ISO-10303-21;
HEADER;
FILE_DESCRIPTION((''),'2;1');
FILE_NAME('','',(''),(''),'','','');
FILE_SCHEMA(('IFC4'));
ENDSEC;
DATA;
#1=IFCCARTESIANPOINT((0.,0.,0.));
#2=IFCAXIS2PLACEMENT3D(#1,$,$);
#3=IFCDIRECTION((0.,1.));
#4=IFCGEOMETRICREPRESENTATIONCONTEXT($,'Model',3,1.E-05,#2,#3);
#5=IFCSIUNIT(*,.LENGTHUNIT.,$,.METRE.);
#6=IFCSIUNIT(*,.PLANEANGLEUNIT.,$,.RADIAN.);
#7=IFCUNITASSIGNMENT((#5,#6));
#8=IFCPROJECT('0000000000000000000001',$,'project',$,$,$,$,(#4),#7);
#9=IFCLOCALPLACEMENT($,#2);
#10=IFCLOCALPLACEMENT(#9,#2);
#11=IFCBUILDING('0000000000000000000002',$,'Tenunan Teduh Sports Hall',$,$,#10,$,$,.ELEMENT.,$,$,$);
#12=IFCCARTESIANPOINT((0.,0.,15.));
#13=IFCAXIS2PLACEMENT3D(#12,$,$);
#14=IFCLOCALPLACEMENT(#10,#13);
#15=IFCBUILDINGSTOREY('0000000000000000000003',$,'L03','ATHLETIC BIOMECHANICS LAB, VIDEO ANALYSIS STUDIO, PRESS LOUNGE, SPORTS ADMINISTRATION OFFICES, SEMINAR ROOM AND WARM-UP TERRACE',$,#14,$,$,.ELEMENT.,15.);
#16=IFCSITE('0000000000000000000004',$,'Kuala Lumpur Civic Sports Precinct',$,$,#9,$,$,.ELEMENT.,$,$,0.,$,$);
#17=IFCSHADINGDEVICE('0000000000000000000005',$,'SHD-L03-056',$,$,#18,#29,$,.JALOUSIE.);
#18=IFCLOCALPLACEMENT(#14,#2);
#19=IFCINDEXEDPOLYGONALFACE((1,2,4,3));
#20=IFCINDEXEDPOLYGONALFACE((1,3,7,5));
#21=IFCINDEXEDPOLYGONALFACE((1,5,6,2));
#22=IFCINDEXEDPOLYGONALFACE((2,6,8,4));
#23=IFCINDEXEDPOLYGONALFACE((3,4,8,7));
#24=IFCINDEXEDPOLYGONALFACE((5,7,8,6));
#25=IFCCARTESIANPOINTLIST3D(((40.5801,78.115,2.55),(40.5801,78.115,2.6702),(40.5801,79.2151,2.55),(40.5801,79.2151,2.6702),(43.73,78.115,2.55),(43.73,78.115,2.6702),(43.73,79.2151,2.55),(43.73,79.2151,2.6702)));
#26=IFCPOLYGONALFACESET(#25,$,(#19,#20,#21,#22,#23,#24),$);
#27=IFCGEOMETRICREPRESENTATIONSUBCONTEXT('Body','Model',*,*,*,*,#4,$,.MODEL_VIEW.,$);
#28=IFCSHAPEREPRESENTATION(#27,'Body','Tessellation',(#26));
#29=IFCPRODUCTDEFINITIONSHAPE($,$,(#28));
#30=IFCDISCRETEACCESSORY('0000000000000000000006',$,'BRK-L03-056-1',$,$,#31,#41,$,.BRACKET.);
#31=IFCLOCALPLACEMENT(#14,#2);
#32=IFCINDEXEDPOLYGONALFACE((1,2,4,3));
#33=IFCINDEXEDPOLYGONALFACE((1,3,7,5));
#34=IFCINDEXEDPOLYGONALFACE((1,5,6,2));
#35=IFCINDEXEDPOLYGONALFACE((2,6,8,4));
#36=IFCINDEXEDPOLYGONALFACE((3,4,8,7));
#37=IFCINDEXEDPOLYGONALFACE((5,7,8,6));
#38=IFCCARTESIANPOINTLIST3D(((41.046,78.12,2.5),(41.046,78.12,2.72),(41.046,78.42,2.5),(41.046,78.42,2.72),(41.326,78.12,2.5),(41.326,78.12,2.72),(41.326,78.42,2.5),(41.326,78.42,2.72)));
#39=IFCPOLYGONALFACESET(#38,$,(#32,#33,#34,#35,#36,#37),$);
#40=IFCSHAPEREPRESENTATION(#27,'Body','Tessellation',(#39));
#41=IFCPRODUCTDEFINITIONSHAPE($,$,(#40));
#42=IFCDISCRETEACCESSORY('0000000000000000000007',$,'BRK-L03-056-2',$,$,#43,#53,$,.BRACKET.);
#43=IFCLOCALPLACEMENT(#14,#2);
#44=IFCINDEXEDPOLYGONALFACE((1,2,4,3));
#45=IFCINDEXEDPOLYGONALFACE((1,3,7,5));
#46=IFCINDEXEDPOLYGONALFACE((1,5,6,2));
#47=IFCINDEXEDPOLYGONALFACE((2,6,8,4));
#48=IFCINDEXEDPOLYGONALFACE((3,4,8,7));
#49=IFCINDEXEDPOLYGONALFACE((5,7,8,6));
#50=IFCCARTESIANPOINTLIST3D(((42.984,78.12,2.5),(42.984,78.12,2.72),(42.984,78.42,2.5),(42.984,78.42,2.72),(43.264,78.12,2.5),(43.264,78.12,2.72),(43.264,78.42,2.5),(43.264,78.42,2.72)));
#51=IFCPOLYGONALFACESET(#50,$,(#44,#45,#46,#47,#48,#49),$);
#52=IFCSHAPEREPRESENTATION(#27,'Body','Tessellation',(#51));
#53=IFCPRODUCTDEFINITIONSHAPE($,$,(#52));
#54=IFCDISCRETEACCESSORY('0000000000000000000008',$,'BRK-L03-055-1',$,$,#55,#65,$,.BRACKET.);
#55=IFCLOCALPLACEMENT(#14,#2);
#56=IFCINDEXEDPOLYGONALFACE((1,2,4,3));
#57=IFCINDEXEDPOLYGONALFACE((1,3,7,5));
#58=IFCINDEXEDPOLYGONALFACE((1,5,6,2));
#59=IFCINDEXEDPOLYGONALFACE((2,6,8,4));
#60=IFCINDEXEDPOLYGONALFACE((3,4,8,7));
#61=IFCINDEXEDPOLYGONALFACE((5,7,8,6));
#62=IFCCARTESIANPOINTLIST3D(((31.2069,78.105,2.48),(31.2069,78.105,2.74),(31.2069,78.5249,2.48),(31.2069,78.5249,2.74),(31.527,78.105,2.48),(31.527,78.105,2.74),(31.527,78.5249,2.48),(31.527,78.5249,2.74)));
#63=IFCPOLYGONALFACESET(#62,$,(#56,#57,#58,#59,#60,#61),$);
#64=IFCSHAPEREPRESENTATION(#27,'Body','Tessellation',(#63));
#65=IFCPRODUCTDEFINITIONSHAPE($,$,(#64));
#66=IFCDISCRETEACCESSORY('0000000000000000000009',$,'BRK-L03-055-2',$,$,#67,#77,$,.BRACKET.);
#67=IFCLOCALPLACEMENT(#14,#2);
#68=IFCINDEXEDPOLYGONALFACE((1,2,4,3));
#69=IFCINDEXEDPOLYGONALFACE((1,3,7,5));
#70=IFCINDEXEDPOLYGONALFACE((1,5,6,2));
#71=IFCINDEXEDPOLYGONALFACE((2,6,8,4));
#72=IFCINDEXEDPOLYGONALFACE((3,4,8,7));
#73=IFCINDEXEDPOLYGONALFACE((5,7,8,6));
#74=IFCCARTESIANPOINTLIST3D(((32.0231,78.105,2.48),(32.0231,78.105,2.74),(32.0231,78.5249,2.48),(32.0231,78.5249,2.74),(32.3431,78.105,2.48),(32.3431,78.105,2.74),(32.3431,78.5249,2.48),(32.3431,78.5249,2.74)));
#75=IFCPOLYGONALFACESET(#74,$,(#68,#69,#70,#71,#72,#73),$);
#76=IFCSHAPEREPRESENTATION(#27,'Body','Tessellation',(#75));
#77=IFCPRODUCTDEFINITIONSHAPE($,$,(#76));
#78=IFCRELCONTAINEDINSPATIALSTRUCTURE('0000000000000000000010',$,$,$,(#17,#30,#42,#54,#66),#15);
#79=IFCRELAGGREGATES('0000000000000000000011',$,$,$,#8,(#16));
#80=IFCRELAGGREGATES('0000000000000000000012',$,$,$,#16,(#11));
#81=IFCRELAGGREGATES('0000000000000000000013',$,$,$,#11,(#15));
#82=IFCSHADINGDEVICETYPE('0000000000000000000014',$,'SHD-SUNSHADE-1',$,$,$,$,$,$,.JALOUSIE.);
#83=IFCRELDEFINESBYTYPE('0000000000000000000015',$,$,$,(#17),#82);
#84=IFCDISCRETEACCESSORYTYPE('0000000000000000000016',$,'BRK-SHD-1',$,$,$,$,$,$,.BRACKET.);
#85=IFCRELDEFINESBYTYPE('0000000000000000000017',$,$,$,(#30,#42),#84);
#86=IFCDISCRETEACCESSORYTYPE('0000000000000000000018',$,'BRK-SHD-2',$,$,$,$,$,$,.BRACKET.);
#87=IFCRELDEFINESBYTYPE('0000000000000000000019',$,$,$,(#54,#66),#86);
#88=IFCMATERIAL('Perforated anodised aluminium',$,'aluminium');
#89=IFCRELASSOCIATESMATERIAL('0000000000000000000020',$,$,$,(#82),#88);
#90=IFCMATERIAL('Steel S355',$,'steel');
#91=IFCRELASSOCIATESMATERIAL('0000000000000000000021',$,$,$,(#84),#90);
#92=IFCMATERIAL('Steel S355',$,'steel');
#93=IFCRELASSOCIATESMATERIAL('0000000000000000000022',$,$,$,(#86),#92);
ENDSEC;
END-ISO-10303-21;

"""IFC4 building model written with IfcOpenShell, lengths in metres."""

from ifc_helpers import new_model, si_unit, direction, frame, origin, origin_2d, place, context, subcontext, project, spatial, rectangle, extrude, material, type_object, element, save


model = new_model("IFC4")

# Units and contexts
model_context = context("Model", 3, precision=1e-05, world=origin(), true_north=direction((0.0, 1.0)))
body_context = subcontext(model_context, "Body", "Model", "MODEL_VIEW")
ifc_project = project(units=[si_unit("LENGTHUNIT", "METRE"), si_unit("PLANEANGLEUNIT", "RADIAN")], contexts=[model_context])

# Site, building, storey
site_placement = place(None, origin())
site = spatial("IfcSite", under=ifc_project, at=site_placement, Name="Kuala Lumpur Civic Sports Precinct", CompositionType="ELEMENT", RefElevation=0.0)
building_placement = place(site_placement, origin())
building = spatial("IfcBuilding", under=site, at=building_placement, Name="Tenunan Teduh Sports Hall", CompositionType="ELEMENT")
storey_placement = place(building_placement, frame((0.0, 0.0, 15.0)))
storey = spatial("IfcBuildingStorey", under=building, at=storey_placement, Name="L03", Description="ATHLETIC BIOMECHANICS LAB, VIDEO ANALYSIS STUDIO, PRESS LOUNGE, SPORTS ADMINISTRATION OFFICES, SEMINAR ROOM AND WARM-UP TERRACE", CompositionType="ELEMENT", Elevation=15.0)

# Shading device
ifc_material_1 = material(Name="Perforated anodised aluminium", Category="aluminium")
shading_device_type_1 = type_object("IfcShadingDeviceType", Name="SHD-SUNSHADE-1", PredefinedType="JALOUSIE", material=ifc_material_1)
shading_device_1_placement = place(storey_placement, frame((42.155, 78.665, 2.55), z_axis=(0.0, 0.0, 1.0), x_axis=(1.0, 0.0, 0.0)))
element("IfcShadingDevice", 1, at=shading_device_1_placement, inside=storey, type_object=shading_device_type_1, Name="SHD-L03-056", PredefinedType="JALOUSIE", context=body_context, shape_type="SweptSolid", body=[
    extrude(rectangle(XDim=3.1499, YDim=1.1001, at=origin_2d()), origin(), (0.0, 0.0, 1.0), 0.1201),
])

# Discrete accessories
ifc_material_2 = material(Name="Steel S355", Category="steel")
discrete_accessory_type_1 = type_object("IfcDiscreteAccessoryType", Name="BRK-SHD-1", PredefinedType="BRACKET", material=ifc_material_2)
for number, where, z_axis, x_axis, name in (
    (2, (41.186, 78.27, 2.5), (0.0, 0.0, 1.0), (1.0, 0.0, 0.0), "BRK-L03-056-1"),
    (3, (43.124, 78.27, 2.5), (0.0, 0.0, 1.0), (1.0, 0.0, 0.0), "BRK-L03-056-2"),
):
    element("IfcDiscreteAccessory", number, at=place(storey_placement, frame(where, z_axis=z_axis, x_axis=x_axis)), inside=storey, type_object=discrete_accessory_type_1, Name=name, PredefinedType="BRACKET", context=body_context, shape_type="SweptSolid", body=[
        extrude(rectangle(XDim=0.28, YDim=0.3, at=origin_2d()), origin(), (0.0, 0.0, 1.0), 0.22),
    ])
ifc_material_3 = material(Name="Steel S355", Category="steel")
discrete_accessory_type_2 = type_object("IfcDiscreteAccessoryType", Name="BRK-SHD-2", PredefinedType="BRACKET", material=ifc_material_3)
for number, where, z_axis, x_axis, name in (
    (4, (31.3669, 78.3149, 2.48), (0.0, 0.0, 1.0), (1.0, 0.0, 0.0), "BRK-L03-055-1"),
    (5, (32.1831, 78.3149, 2.48), (0.0, 0.0, 1.0), (1.0, 0.0, 0.0), "BRK-L03-055-2"),
):
    element("IfcDiscreteAccessory", number, at=place(storey_placement, frame(where, z_axis=z_axis, x_axis=x_axis)), inside=storey, type_object=discrete_accessory_type_2, Name=name, PredefinedType="BRACKET", context=body_context, shape_type="SweptSolid", body=[
        extrude(rectangle(XDim=0.3201, YDim=0.4199, at=origin_2d()), origin(), (0.0, 0.0, 1.0), 0.26),
    ])

save(model, "model.ifc")
